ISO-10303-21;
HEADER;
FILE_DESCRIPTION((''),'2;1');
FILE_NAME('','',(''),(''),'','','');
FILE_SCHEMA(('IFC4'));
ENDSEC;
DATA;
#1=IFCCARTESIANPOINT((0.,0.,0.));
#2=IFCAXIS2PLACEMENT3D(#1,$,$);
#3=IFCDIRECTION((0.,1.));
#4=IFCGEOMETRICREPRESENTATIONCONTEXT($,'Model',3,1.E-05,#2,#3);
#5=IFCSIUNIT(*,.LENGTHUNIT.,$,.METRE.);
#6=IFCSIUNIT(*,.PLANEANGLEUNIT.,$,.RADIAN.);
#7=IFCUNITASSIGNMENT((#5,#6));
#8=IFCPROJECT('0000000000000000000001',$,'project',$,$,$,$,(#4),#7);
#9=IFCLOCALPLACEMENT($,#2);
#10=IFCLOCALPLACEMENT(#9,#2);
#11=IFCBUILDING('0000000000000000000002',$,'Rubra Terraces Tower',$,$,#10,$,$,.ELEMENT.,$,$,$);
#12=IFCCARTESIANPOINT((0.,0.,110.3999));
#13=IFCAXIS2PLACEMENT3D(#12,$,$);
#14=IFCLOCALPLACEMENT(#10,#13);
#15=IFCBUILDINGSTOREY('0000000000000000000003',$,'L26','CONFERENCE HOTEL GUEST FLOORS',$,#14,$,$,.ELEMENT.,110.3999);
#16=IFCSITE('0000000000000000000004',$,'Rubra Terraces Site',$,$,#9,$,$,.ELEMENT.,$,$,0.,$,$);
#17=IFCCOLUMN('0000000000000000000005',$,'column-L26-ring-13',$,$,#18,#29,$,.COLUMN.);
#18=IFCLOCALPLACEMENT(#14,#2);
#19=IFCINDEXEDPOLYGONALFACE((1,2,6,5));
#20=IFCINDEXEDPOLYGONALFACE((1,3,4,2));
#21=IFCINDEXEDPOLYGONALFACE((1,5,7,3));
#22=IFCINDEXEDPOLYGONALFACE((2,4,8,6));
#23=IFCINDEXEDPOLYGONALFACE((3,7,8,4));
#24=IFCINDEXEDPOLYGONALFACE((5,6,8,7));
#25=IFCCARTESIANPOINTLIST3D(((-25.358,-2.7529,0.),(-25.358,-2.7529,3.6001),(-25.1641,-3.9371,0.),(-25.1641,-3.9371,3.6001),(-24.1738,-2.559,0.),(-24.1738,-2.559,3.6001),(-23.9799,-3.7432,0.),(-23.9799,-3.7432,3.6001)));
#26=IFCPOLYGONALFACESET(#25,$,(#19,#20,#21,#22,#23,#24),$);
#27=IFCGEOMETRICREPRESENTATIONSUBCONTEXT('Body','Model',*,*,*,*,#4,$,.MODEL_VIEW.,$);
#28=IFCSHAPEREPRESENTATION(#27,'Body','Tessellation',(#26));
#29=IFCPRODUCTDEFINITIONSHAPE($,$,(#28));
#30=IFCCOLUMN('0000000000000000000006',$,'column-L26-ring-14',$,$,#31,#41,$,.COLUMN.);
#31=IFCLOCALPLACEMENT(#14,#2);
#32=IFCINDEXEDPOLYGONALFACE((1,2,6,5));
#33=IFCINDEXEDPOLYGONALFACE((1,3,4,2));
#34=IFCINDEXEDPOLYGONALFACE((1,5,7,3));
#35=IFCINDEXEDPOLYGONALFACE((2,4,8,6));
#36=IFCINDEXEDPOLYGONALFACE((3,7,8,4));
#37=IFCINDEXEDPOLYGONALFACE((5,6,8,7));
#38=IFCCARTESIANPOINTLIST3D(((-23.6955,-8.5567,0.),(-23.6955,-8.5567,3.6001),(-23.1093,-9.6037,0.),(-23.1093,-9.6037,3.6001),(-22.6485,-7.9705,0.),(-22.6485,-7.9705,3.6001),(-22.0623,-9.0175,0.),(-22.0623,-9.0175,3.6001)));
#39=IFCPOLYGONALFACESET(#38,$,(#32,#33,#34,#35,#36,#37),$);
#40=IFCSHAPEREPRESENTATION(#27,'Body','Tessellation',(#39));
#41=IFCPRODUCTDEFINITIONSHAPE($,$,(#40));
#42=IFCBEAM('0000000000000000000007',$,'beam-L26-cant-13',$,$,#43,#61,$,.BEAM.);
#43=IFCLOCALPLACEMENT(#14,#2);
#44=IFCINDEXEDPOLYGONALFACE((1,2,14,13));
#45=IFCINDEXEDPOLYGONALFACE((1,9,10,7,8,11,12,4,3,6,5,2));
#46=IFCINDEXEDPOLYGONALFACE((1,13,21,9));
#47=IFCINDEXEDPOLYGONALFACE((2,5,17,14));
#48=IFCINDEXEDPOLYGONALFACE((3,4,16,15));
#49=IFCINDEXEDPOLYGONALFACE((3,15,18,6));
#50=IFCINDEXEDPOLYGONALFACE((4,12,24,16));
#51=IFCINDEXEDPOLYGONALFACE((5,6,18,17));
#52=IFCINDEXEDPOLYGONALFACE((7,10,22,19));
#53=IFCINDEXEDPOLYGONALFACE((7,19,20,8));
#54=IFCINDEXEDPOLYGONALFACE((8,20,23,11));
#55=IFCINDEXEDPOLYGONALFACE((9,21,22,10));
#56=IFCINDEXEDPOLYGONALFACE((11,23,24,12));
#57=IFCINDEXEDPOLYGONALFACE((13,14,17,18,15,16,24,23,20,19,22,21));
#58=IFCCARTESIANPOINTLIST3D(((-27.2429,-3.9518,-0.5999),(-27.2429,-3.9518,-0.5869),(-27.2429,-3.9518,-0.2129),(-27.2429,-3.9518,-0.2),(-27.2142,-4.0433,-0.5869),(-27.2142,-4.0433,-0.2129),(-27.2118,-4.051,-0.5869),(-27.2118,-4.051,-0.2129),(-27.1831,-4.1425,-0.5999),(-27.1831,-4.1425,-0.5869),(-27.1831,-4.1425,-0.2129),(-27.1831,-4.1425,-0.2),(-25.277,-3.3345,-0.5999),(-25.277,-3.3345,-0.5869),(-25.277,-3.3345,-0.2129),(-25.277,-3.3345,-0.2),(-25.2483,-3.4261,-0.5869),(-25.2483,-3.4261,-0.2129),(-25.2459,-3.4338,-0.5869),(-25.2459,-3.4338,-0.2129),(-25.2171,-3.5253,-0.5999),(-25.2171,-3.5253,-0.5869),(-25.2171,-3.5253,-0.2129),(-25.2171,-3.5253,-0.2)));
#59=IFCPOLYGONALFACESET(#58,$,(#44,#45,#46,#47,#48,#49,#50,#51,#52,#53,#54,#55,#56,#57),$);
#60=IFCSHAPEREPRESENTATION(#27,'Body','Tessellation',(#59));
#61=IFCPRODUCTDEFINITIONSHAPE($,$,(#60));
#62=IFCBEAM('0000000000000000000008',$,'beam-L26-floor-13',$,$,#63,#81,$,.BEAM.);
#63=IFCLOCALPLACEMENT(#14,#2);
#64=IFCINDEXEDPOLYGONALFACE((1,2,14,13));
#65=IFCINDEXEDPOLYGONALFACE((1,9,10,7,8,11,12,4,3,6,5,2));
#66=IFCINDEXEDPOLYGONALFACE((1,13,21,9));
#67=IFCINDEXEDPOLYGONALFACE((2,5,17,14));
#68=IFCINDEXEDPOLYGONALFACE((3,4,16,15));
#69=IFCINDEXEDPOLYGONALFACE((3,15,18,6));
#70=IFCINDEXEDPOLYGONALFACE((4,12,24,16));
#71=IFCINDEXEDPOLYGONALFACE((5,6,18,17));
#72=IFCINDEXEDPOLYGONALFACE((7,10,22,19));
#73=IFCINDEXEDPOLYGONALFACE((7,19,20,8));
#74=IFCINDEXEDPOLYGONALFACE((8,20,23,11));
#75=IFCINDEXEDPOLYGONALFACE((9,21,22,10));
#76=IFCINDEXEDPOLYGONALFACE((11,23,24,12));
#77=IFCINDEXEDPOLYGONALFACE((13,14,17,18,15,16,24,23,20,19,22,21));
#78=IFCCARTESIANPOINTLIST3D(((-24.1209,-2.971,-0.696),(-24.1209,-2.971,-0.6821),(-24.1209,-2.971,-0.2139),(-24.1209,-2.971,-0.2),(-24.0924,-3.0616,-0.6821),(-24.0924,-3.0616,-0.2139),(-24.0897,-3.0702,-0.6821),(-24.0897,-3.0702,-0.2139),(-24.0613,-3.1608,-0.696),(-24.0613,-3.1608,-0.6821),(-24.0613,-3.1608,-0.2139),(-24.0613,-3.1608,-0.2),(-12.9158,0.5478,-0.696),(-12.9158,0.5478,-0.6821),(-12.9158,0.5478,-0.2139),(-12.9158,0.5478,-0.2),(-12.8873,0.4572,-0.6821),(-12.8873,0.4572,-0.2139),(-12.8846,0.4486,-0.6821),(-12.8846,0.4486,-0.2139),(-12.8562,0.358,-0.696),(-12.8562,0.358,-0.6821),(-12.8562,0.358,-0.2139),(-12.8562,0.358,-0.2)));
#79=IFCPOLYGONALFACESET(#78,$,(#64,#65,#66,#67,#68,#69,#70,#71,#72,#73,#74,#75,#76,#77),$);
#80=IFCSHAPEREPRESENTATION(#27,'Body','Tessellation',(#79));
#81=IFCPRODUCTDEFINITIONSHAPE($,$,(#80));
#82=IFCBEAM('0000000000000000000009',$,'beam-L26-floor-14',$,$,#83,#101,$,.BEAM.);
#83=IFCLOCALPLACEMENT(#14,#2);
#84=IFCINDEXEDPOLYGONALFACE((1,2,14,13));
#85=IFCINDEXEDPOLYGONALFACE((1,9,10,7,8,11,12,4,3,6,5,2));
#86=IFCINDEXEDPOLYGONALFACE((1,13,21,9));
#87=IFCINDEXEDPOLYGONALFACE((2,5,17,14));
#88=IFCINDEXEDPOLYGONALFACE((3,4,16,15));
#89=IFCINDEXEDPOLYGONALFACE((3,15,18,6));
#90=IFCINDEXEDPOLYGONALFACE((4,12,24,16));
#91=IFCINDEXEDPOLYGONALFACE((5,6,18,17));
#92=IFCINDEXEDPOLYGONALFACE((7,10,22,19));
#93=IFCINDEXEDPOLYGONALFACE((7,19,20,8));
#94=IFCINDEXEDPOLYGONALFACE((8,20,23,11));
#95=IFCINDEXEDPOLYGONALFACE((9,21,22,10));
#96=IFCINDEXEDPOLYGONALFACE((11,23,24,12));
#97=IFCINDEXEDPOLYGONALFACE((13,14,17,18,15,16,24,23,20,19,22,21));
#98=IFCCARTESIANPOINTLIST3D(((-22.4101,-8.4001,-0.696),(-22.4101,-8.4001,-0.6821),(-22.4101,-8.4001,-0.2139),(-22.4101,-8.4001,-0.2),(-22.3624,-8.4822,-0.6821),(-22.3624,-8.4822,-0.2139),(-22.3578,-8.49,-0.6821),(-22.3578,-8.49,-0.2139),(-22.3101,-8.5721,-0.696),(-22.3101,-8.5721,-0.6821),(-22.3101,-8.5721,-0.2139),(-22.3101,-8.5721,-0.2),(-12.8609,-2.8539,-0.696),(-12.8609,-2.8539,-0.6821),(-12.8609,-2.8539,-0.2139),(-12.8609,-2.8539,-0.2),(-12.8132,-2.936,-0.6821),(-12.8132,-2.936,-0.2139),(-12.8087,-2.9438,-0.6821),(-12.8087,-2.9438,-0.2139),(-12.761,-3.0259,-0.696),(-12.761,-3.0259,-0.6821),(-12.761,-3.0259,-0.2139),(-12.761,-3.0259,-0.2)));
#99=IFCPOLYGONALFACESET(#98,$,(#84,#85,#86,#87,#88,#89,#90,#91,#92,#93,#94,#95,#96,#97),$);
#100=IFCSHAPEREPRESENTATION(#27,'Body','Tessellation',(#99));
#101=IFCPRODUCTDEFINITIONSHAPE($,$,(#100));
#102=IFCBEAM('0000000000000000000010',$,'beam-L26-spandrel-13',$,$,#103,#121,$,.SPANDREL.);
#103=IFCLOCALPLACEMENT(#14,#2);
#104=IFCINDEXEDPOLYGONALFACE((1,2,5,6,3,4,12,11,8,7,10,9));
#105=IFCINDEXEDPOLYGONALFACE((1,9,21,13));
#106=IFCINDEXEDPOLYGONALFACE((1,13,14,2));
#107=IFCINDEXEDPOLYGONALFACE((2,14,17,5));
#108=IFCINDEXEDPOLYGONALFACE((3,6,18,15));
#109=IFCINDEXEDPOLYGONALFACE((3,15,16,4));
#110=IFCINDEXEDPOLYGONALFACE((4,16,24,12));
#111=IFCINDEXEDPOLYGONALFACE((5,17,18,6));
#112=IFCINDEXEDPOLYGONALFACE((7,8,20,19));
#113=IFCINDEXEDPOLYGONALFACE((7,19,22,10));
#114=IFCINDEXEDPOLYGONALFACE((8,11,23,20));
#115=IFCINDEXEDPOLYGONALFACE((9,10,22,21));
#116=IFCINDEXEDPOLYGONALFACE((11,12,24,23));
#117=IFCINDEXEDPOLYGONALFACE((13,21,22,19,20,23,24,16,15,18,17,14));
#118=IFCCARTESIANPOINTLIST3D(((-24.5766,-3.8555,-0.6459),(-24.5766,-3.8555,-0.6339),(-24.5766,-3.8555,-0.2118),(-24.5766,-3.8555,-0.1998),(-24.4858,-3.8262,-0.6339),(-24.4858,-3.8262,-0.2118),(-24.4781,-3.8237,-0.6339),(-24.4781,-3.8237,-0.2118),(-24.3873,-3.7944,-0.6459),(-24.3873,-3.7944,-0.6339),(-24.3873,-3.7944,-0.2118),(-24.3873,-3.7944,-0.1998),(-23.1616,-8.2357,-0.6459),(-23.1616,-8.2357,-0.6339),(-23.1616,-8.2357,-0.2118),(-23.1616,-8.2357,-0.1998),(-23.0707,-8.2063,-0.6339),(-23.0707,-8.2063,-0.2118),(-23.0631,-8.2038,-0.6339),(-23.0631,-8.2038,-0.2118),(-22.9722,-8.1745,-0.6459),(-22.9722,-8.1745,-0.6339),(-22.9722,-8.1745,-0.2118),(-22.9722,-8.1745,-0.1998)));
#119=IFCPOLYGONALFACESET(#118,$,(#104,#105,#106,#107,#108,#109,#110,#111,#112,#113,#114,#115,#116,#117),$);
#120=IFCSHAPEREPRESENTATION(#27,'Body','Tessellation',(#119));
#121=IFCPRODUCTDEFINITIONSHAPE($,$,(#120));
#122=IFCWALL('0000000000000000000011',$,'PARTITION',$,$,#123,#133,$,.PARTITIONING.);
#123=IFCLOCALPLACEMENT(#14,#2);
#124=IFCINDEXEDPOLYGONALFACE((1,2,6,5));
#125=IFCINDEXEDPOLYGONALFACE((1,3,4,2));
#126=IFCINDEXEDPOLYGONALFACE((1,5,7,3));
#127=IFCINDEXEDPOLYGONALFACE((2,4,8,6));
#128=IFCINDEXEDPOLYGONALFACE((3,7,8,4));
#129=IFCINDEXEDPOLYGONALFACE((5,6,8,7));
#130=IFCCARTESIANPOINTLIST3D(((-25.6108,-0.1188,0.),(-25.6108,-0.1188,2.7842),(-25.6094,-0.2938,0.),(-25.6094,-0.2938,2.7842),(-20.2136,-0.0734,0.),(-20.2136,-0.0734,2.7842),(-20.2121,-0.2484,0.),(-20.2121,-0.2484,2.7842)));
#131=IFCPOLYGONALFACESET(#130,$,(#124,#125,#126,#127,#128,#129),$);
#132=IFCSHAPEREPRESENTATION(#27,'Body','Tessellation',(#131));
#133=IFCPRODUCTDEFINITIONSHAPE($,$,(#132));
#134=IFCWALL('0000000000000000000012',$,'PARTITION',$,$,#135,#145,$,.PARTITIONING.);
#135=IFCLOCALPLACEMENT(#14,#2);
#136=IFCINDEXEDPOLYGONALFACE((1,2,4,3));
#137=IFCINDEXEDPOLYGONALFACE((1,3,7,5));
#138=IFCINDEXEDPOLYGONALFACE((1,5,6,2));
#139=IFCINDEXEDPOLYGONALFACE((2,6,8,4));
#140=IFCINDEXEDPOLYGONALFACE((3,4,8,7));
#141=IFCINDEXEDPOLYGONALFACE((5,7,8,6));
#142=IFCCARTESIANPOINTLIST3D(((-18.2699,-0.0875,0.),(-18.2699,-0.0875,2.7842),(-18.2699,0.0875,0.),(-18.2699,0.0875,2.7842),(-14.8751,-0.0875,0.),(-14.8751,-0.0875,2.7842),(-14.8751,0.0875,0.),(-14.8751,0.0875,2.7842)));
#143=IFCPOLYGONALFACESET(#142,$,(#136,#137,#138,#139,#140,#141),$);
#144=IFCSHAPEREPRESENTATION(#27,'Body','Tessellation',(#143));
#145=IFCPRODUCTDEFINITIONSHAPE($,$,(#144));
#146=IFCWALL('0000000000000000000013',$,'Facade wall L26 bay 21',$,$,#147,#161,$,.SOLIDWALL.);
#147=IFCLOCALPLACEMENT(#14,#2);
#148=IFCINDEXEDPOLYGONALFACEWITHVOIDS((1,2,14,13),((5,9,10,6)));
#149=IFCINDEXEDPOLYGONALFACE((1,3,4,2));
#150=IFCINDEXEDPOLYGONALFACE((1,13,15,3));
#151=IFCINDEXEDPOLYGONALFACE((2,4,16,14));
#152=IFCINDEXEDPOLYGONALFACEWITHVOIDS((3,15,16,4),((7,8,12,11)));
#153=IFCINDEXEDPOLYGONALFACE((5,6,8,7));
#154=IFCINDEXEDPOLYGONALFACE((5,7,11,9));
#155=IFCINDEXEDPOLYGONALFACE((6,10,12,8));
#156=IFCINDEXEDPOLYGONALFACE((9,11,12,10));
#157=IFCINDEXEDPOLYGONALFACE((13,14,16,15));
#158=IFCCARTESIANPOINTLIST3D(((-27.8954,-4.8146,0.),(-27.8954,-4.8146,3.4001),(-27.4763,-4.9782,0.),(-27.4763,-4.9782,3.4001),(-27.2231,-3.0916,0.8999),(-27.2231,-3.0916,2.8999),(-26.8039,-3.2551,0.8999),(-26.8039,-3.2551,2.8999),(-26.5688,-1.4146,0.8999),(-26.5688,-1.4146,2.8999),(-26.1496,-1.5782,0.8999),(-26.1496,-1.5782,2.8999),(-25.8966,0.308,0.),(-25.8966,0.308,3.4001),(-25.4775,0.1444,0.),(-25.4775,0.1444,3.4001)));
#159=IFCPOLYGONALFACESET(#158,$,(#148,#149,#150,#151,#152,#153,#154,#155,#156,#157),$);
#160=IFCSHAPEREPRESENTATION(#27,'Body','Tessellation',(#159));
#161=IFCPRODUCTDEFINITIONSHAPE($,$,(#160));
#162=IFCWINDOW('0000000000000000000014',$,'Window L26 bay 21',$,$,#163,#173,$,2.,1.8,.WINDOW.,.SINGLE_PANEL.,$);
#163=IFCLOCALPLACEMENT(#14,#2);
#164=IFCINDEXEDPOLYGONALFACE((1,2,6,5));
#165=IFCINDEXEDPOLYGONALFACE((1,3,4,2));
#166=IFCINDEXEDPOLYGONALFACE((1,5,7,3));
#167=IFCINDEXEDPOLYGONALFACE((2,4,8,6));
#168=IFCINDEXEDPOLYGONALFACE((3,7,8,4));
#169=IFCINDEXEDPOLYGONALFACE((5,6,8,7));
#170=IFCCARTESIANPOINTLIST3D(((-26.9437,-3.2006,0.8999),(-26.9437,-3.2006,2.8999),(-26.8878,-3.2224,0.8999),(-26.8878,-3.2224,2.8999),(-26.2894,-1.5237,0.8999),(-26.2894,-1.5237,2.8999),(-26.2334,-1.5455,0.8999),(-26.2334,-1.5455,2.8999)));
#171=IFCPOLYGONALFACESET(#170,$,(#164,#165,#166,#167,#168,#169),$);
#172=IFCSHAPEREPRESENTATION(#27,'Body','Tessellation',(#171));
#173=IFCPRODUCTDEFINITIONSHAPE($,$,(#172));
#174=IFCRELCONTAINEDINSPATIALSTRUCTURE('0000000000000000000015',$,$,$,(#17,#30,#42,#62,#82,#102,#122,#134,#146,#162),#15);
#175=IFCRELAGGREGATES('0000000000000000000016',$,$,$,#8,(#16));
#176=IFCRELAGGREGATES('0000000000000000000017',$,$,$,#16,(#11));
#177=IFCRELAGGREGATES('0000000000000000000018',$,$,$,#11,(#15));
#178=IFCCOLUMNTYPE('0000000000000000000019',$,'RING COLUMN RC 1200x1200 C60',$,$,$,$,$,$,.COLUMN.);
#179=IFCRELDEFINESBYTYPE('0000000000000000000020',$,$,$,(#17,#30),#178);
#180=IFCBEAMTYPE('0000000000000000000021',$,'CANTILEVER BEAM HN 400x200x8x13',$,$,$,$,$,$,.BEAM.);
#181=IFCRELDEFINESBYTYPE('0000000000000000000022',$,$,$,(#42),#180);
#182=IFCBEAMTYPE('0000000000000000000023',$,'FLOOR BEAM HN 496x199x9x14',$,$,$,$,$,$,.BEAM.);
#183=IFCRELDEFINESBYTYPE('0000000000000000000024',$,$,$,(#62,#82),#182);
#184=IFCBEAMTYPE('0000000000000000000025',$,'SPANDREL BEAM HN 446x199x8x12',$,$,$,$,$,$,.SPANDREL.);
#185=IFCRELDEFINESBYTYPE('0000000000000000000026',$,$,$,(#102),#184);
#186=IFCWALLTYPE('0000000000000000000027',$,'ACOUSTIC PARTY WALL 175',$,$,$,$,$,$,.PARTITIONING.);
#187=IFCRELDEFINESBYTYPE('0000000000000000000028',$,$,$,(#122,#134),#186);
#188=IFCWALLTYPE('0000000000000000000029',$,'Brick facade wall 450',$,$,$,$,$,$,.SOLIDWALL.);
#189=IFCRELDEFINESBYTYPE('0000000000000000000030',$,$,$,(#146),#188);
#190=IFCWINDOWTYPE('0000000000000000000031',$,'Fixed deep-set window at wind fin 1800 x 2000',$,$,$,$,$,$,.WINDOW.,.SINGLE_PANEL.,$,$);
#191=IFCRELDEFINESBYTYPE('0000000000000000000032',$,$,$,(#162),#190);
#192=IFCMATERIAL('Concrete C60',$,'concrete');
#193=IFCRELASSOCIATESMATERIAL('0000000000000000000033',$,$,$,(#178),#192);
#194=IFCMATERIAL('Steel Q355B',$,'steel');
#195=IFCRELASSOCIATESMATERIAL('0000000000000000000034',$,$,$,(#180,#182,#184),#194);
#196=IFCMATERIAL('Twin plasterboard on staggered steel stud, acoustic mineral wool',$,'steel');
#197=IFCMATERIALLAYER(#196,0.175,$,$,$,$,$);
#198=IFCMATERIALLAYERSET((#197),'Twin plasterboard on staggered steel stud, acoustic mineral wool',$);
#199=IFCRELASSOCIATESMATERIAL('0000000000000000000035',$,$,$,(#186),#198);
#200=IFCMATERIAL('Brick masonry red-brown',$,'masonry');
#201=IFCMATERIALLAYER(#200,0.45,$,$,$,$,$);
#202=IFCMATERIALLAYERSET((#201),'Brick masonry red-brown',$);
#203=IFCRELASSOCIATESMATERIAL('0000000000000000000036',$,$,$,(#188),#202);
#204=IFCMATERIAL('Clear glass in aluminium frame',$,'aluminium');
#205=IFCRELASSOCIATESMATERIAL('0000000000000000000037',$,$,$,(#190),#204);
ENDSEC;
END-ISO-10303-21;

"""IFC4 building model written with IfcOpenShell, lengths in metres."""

from ifc_helpers import new_model, si_unit, direction, frame, frame_2d, origin, origin_2d, place, context, subcontext, project, spatial, rectangle, i_section, extrude, material, layer, layer_set, material_profile, profile_set, type_object, element, fill, save


model = new_model("IFC4")

# Units and contexts
model_context = context("Model", 3, precision=1e-05, world=origin(), true_north=direction((0.0, 1.0)))
body_context = subcontext(model_context, "Body", "Model", "MODEL_VIEW")
ifc_project = project(units=[si_unit("LENGTHUNIT", "METRE"), si_unit("PLANEANGLEUNIT", "RADIAN")], contexts=[model_context])

# Site, building, storey
site_placement = place(None, origin())
site = spatial("IfcSite", under=ifc_project, at=site_placement, Name="Rubra Terraces Site", CompositionType="ELEMENT", RefElevation=0.0)
building_placement = place(site_placement, origin())
building = spatial("IfcBuilding", under=site, at=building_placement, Name="Rubra Terraces Tower", CompositionType="ELEMENT")
storey_placement = place(building_placement, frame((0.0, 0.0, 110.3999)))
storey = spatial("IfcBuildingStorey", under=building, at=storey_placement, Name="L26", Description="CONFERENCE HOTEL GUEST FLOORS", CompositionType="ELEMENT", Elevation=110.3999)

# Columns
ifc_material_1 = material(Name="Concrete C60", Category="concrete")
ifc_material_profile_1 = material_profile(ifc_material_1, rectangle(XDim=1.2, YDim=1.2, at=origin_2d()), Name="RC 1200x1200")
ifc_profile_set_1 = profile_set([ifc_material_profile_1], Name="Concrete C60")
column_type = type_object("IfcColumnType", Name="RING COLUMN RC 1200x1200 C60", PredefinedType="COLUMN", material=ifc_profile_set_1)
for number, where, z_axis, x_axis, name in (
    (1, (-24.6689, -3.248, 0.0), (0.0, 0.0, 1.0), (0.161559, -0.986863, 0.0), "column-L26-ring-13"),
    (2, (-22.8789, -8.7871, 0.0), (0.0, 0.0, 1.0), (0.488526, -0.872549, 0.0), "column-L26-ring-14"),
):
    element("IfcColumn", number, at=place(storey_placement, frame(where, z_axis=z_axis, x_axis=x_axis)), inside=storey, type_object=column_type, Name=name, PredefinedType="COLUMN", context=body_context, shape_type="SweptSolid", body=[
        extrude(rectangle(XDim=1.2, YDim=1.2, at=origin_2d()), origin(), (0.0, 0.0, 1.0), 3.6001),
    ])

# Beams
ifc_material_2 = material(Name="Steel Q355B", Category="steel")
ifc_material_profile_2 = material_profile(ifc_material_2, i_section(OverallWidth=0.2, OverallDepth=0.3999, WebThickness=0.0081, FlangeThickness=0.0129, at=origin_2d()), Name="HN 400x200x8x13")
ifc_profile_set_2 = profile_set([ifc_material_profile_2], Name="Steel Q355B")
beam_type_1 = type_object("IfcBeamType", Name="CANTILEVER BEAM HN 400x200x8x13", PredefinedType="BEAM", material=ifc_profile_set_2)
beam_1_placement = place(storey_placement, frame((-25.2471, -3.4299, -0.3999), z_axis=(-0.954083, -0.299543, 0.0), x_axis=(0.299543, -0.954083, 0.0)))
element("IfcBeam", 3, at=beam_1_placement, inside=storey, type_object=beam_type_1, Name="beam-L26-cant-13", PredefinedType="BEAM", context=body_context, shape_type="SweptSolid", body=[
    extrude(i_section(OverallWidth=0.2, OverallDepth=0.3999, WebThickness=0.0081, FlangeThickness=0.0129, at=origin_2d()), origin(), (0.0, 0.0, 1.0), 2.0605),
])
ifc_material_profile_3 = material_profile(ifc_material_2, i_section(OverallWidth=0.199, OverallDepth=0.4961, WebThickness=0.009, FlangeThickness=0.0139, at=origin_2d()), Name="HN 496x199x9x14")
ifc_profile_set_3 = profile_set([ifc_material_profile_3], Name="Steel Q355B")
beam_type_2 = type_object("IfcBeamType", Name="FLOOR BEAM HN 496x199x9x14", PredefinedType="BEAM", material=ifc_profile_set_3)
beam_2_placement = place(storey_placement, frame((-24.0911, -3.0659, -0.448), z_axis=(0.954062, 0.29961, 0.0), x_axis=(-0.29961, 0.954062, 0.0)))
element("IfcBeam", 4, at=beam_2_placement, inside=storey, type_object=beam_type_2, Name="beam-L26-floor-13", PredefinedType="BEAM", context=body_context, shape_type="SweptSolid", body=[
    extrude(i_section(OverallWidth=0.199, OverallDepth=0.4961, WebThickness=0.009, FlangeThickness=0.0139, at=origin_2d()), origin(), (0.0, 0.0, 1.0), 11.7446),
])
beam_3_placement = place(storey_placement, frame((-22.3601, -8.4861, -0.448), z_axis=(0.864729, 0.502238, 0.0), x_axis=(-0.502238, 0.864729, 0.0)))
element("IfcBeam", 5, at=beam_3_placement, inside=storey, type_object=beam_type_2, Name="beam-L26-floor-14", PredefinedType="BEAM", context=body_context, shape_type="SweptSolid", body=[
    extrude(i_section(OverallWidth=0.199, OverallDepth=0.4961, WebThickness=0.009, FlangeThickness=0.0139, at=origin_2d()), origin(), (0.0, 0.0, 1.0), 11.043),
])
ifc_material_profile_4 = material_profile(ifc_material_2, i_section(OverallWidth=0.199, OverallDepth=0.446, WebThickness=0.0081, FlangeThickness=0.012, at=origin_2d()), Name="HN 446x199x8x12")
ifc_profile_set_4 = profile_set([ifc_material_profile_4], Name="Steel Q355B")
beam_type_3 = type_object("IfcBeamType", Name="SPANDREL BEAM HN 446x199x8x12", PredefinedType="SPANDREL", material=ifc_profile_set_4)
beam_4_placement = place(storey_placement, frame((-24.4819, -3.825, -0.4229), z_axis=(0.307415, -0.951576, 0.0), x_axis=(0.951576, 0.307415, 0.0)))
element("IfcBeam", 6, at=beam_4_placement, inside=storey, type_object=beam_type_3, Name="beam-L26-spandrel-13", PredefinedType="SPANDREL", context=body_context, shape_type="SweptSolid", body=[
    extrude(i_section(OverallWidth=0.199, OverallDepth=0.446, WebThickness=0.0081, FlangeThickness=0.012, at=origin_2d()), origin(), (0.0, 0.0, 1.0), 4.603),
])

# Walls
ifc_material_3 = material(Name="Twin plasterboard on staggered steel stud, acoustic mineral wool", Category="steel")
ifc_layer_1 = layer(ifc_material_3, 0.175)
ifc_layer_set_1 = layer_set([ifc_layer_1], Name="Twin plasterboard on staggered steel stud, acoustic mineral wool")
wall_type_1 = type_object("IfcWallType", Name="ACOUSTIC PARTY WALL 175", PredefinedType="PARTITIONING", material=ifc_layer_set_1)
wall_1_placement = place(storey_placement, frame((-25.6101, -0.2063, 0.0), z_axis=(0.0, 0.0, 1.0), x_axis=(0.999965, 0.008413, 0.0)))
element("IfcWall", 7, at=wall_1_placement, inside=storey, type_object=wall_type_1, Name="PARTITION", PredefinedType="PARTITIONING", context=body_context, shape_type="SweptSolid", body=[
    extrude(rectangle(XDim=5.3975, YDim=0.175, at=frame_2d((2.6987, 0.0))), origin(), (0.0, 0.0, 1.0), 2.7842),
])
wall_2_placement = place(storey_placement, frame((-18.2698, 0.0, 0.0), z_axis=(0.0, 0.0, 1.0), x_axis=(1.0, 0.0, 0.0)))
element("IfcWall", 8, at=wall_2_placement, inside=storey, type_object=wall_type_1, Name="PARTITION", PredefinedType="PARTITIONING", context=body_context, shape_type="SweptSolid", body=[
    extrude(rectangle(XDim=3.3948, YDim=0.175, at=frame_2d((1.6973, 0.0))), origin(), (0.0, 0.0, 1.0), 2.7842),
])

# Wall, opening, window
ifc_material_4 = material(Name="Brick masonry red-brown", Category="masonry")
ifc_layer_2 = layer(ifc_material_4, 0.45)
ifc_layer_set_2 = layer_set([ifc_layer_2], Name="Brick masonry red-brown")
wall_type_2 = type_object("IfcWallType", Name="Brick facade wall 450", PredefinedType="SOLIDWALL", material=ifc_layer_set_2)
wall_3_placement = place(storey_placement, frame((-25.687, 0.2263, 0.0), z_axis=(0.0, 0.0, 1.0), x_axis=(-0.3635, -0.931594, 0.0)))
wall_3 = element("IfcWall", 9, at=wall_3_placement, inside=storey, type_object=wall_type_2, Name="Facade wall L26 bay 21", PredefinedType="SOLIDWALL", context=body_context, shape_type="SweptSolid", body=[
    extrude(rectangle(XDim=5.4988, YDim=0.45, at=frame_2d((2.7495, 0.0))), origin(), (0.0, 0.0, 1.0), 3.4001),
])
opening_1_placement = place(wall_3_placement, frame((1.8494, 0.0, 0.8999)))
opening_1 = element("IfcOpeningElement", 10, at=opening_1_placement, cuts=wall_3, PredefinedType="OPENING", context=body_context, shape_type="SweptSolid", body=[
    extrude(rectangle(XDim=1.8, YDim=2.0, at=frame_2d((0.8999, 1.0))), frame((0.0, 0.2349, 0.0), z_axis=(0.0, -1.0, 0.0), x_axis=(1.0, 0.0, 0.0)), (0.0, 0.0, 1.0), 0.47),
])
ifc_material_5 = material(Name="Clear glass in aluminium frame", Category="aluminium")
window_type_1 = type_object("IfcWindowType", Name="Fixed deep-set window at wind fin 1800 x 2000", PartitioningType="SINGLE_PANEL", PredefinedType="WINDOW", material=ifc_material_5)
window_1_placement = place(opening_1_placement, origin())
window_1 = element("IfcWindow", 11, at=window_1_placement, inside=storey, type_object=window_type_1, Name="Window L26 bay 21", OverallHeight=2.0, OverallWidth=1.8, PartitioningType="SINGLE_PANEL", PredefinedType="WINDOW", context=body_context, shape_type="SweptSolid", body=[
    extrude(rectangle(XDim=1.8, YDim=2.0, at=frame_2d((0.8999, 1.0))), frame((0.0, 0.135, 0.0), z_axis=(0.0, -1.0, 0.0), x_axis=(1.0, 0.0, 0.0)), (0.0, 0.0, 1.0), 0.0601),
])
fill(opening_1, window_1)

save(model, "model.ifc")
